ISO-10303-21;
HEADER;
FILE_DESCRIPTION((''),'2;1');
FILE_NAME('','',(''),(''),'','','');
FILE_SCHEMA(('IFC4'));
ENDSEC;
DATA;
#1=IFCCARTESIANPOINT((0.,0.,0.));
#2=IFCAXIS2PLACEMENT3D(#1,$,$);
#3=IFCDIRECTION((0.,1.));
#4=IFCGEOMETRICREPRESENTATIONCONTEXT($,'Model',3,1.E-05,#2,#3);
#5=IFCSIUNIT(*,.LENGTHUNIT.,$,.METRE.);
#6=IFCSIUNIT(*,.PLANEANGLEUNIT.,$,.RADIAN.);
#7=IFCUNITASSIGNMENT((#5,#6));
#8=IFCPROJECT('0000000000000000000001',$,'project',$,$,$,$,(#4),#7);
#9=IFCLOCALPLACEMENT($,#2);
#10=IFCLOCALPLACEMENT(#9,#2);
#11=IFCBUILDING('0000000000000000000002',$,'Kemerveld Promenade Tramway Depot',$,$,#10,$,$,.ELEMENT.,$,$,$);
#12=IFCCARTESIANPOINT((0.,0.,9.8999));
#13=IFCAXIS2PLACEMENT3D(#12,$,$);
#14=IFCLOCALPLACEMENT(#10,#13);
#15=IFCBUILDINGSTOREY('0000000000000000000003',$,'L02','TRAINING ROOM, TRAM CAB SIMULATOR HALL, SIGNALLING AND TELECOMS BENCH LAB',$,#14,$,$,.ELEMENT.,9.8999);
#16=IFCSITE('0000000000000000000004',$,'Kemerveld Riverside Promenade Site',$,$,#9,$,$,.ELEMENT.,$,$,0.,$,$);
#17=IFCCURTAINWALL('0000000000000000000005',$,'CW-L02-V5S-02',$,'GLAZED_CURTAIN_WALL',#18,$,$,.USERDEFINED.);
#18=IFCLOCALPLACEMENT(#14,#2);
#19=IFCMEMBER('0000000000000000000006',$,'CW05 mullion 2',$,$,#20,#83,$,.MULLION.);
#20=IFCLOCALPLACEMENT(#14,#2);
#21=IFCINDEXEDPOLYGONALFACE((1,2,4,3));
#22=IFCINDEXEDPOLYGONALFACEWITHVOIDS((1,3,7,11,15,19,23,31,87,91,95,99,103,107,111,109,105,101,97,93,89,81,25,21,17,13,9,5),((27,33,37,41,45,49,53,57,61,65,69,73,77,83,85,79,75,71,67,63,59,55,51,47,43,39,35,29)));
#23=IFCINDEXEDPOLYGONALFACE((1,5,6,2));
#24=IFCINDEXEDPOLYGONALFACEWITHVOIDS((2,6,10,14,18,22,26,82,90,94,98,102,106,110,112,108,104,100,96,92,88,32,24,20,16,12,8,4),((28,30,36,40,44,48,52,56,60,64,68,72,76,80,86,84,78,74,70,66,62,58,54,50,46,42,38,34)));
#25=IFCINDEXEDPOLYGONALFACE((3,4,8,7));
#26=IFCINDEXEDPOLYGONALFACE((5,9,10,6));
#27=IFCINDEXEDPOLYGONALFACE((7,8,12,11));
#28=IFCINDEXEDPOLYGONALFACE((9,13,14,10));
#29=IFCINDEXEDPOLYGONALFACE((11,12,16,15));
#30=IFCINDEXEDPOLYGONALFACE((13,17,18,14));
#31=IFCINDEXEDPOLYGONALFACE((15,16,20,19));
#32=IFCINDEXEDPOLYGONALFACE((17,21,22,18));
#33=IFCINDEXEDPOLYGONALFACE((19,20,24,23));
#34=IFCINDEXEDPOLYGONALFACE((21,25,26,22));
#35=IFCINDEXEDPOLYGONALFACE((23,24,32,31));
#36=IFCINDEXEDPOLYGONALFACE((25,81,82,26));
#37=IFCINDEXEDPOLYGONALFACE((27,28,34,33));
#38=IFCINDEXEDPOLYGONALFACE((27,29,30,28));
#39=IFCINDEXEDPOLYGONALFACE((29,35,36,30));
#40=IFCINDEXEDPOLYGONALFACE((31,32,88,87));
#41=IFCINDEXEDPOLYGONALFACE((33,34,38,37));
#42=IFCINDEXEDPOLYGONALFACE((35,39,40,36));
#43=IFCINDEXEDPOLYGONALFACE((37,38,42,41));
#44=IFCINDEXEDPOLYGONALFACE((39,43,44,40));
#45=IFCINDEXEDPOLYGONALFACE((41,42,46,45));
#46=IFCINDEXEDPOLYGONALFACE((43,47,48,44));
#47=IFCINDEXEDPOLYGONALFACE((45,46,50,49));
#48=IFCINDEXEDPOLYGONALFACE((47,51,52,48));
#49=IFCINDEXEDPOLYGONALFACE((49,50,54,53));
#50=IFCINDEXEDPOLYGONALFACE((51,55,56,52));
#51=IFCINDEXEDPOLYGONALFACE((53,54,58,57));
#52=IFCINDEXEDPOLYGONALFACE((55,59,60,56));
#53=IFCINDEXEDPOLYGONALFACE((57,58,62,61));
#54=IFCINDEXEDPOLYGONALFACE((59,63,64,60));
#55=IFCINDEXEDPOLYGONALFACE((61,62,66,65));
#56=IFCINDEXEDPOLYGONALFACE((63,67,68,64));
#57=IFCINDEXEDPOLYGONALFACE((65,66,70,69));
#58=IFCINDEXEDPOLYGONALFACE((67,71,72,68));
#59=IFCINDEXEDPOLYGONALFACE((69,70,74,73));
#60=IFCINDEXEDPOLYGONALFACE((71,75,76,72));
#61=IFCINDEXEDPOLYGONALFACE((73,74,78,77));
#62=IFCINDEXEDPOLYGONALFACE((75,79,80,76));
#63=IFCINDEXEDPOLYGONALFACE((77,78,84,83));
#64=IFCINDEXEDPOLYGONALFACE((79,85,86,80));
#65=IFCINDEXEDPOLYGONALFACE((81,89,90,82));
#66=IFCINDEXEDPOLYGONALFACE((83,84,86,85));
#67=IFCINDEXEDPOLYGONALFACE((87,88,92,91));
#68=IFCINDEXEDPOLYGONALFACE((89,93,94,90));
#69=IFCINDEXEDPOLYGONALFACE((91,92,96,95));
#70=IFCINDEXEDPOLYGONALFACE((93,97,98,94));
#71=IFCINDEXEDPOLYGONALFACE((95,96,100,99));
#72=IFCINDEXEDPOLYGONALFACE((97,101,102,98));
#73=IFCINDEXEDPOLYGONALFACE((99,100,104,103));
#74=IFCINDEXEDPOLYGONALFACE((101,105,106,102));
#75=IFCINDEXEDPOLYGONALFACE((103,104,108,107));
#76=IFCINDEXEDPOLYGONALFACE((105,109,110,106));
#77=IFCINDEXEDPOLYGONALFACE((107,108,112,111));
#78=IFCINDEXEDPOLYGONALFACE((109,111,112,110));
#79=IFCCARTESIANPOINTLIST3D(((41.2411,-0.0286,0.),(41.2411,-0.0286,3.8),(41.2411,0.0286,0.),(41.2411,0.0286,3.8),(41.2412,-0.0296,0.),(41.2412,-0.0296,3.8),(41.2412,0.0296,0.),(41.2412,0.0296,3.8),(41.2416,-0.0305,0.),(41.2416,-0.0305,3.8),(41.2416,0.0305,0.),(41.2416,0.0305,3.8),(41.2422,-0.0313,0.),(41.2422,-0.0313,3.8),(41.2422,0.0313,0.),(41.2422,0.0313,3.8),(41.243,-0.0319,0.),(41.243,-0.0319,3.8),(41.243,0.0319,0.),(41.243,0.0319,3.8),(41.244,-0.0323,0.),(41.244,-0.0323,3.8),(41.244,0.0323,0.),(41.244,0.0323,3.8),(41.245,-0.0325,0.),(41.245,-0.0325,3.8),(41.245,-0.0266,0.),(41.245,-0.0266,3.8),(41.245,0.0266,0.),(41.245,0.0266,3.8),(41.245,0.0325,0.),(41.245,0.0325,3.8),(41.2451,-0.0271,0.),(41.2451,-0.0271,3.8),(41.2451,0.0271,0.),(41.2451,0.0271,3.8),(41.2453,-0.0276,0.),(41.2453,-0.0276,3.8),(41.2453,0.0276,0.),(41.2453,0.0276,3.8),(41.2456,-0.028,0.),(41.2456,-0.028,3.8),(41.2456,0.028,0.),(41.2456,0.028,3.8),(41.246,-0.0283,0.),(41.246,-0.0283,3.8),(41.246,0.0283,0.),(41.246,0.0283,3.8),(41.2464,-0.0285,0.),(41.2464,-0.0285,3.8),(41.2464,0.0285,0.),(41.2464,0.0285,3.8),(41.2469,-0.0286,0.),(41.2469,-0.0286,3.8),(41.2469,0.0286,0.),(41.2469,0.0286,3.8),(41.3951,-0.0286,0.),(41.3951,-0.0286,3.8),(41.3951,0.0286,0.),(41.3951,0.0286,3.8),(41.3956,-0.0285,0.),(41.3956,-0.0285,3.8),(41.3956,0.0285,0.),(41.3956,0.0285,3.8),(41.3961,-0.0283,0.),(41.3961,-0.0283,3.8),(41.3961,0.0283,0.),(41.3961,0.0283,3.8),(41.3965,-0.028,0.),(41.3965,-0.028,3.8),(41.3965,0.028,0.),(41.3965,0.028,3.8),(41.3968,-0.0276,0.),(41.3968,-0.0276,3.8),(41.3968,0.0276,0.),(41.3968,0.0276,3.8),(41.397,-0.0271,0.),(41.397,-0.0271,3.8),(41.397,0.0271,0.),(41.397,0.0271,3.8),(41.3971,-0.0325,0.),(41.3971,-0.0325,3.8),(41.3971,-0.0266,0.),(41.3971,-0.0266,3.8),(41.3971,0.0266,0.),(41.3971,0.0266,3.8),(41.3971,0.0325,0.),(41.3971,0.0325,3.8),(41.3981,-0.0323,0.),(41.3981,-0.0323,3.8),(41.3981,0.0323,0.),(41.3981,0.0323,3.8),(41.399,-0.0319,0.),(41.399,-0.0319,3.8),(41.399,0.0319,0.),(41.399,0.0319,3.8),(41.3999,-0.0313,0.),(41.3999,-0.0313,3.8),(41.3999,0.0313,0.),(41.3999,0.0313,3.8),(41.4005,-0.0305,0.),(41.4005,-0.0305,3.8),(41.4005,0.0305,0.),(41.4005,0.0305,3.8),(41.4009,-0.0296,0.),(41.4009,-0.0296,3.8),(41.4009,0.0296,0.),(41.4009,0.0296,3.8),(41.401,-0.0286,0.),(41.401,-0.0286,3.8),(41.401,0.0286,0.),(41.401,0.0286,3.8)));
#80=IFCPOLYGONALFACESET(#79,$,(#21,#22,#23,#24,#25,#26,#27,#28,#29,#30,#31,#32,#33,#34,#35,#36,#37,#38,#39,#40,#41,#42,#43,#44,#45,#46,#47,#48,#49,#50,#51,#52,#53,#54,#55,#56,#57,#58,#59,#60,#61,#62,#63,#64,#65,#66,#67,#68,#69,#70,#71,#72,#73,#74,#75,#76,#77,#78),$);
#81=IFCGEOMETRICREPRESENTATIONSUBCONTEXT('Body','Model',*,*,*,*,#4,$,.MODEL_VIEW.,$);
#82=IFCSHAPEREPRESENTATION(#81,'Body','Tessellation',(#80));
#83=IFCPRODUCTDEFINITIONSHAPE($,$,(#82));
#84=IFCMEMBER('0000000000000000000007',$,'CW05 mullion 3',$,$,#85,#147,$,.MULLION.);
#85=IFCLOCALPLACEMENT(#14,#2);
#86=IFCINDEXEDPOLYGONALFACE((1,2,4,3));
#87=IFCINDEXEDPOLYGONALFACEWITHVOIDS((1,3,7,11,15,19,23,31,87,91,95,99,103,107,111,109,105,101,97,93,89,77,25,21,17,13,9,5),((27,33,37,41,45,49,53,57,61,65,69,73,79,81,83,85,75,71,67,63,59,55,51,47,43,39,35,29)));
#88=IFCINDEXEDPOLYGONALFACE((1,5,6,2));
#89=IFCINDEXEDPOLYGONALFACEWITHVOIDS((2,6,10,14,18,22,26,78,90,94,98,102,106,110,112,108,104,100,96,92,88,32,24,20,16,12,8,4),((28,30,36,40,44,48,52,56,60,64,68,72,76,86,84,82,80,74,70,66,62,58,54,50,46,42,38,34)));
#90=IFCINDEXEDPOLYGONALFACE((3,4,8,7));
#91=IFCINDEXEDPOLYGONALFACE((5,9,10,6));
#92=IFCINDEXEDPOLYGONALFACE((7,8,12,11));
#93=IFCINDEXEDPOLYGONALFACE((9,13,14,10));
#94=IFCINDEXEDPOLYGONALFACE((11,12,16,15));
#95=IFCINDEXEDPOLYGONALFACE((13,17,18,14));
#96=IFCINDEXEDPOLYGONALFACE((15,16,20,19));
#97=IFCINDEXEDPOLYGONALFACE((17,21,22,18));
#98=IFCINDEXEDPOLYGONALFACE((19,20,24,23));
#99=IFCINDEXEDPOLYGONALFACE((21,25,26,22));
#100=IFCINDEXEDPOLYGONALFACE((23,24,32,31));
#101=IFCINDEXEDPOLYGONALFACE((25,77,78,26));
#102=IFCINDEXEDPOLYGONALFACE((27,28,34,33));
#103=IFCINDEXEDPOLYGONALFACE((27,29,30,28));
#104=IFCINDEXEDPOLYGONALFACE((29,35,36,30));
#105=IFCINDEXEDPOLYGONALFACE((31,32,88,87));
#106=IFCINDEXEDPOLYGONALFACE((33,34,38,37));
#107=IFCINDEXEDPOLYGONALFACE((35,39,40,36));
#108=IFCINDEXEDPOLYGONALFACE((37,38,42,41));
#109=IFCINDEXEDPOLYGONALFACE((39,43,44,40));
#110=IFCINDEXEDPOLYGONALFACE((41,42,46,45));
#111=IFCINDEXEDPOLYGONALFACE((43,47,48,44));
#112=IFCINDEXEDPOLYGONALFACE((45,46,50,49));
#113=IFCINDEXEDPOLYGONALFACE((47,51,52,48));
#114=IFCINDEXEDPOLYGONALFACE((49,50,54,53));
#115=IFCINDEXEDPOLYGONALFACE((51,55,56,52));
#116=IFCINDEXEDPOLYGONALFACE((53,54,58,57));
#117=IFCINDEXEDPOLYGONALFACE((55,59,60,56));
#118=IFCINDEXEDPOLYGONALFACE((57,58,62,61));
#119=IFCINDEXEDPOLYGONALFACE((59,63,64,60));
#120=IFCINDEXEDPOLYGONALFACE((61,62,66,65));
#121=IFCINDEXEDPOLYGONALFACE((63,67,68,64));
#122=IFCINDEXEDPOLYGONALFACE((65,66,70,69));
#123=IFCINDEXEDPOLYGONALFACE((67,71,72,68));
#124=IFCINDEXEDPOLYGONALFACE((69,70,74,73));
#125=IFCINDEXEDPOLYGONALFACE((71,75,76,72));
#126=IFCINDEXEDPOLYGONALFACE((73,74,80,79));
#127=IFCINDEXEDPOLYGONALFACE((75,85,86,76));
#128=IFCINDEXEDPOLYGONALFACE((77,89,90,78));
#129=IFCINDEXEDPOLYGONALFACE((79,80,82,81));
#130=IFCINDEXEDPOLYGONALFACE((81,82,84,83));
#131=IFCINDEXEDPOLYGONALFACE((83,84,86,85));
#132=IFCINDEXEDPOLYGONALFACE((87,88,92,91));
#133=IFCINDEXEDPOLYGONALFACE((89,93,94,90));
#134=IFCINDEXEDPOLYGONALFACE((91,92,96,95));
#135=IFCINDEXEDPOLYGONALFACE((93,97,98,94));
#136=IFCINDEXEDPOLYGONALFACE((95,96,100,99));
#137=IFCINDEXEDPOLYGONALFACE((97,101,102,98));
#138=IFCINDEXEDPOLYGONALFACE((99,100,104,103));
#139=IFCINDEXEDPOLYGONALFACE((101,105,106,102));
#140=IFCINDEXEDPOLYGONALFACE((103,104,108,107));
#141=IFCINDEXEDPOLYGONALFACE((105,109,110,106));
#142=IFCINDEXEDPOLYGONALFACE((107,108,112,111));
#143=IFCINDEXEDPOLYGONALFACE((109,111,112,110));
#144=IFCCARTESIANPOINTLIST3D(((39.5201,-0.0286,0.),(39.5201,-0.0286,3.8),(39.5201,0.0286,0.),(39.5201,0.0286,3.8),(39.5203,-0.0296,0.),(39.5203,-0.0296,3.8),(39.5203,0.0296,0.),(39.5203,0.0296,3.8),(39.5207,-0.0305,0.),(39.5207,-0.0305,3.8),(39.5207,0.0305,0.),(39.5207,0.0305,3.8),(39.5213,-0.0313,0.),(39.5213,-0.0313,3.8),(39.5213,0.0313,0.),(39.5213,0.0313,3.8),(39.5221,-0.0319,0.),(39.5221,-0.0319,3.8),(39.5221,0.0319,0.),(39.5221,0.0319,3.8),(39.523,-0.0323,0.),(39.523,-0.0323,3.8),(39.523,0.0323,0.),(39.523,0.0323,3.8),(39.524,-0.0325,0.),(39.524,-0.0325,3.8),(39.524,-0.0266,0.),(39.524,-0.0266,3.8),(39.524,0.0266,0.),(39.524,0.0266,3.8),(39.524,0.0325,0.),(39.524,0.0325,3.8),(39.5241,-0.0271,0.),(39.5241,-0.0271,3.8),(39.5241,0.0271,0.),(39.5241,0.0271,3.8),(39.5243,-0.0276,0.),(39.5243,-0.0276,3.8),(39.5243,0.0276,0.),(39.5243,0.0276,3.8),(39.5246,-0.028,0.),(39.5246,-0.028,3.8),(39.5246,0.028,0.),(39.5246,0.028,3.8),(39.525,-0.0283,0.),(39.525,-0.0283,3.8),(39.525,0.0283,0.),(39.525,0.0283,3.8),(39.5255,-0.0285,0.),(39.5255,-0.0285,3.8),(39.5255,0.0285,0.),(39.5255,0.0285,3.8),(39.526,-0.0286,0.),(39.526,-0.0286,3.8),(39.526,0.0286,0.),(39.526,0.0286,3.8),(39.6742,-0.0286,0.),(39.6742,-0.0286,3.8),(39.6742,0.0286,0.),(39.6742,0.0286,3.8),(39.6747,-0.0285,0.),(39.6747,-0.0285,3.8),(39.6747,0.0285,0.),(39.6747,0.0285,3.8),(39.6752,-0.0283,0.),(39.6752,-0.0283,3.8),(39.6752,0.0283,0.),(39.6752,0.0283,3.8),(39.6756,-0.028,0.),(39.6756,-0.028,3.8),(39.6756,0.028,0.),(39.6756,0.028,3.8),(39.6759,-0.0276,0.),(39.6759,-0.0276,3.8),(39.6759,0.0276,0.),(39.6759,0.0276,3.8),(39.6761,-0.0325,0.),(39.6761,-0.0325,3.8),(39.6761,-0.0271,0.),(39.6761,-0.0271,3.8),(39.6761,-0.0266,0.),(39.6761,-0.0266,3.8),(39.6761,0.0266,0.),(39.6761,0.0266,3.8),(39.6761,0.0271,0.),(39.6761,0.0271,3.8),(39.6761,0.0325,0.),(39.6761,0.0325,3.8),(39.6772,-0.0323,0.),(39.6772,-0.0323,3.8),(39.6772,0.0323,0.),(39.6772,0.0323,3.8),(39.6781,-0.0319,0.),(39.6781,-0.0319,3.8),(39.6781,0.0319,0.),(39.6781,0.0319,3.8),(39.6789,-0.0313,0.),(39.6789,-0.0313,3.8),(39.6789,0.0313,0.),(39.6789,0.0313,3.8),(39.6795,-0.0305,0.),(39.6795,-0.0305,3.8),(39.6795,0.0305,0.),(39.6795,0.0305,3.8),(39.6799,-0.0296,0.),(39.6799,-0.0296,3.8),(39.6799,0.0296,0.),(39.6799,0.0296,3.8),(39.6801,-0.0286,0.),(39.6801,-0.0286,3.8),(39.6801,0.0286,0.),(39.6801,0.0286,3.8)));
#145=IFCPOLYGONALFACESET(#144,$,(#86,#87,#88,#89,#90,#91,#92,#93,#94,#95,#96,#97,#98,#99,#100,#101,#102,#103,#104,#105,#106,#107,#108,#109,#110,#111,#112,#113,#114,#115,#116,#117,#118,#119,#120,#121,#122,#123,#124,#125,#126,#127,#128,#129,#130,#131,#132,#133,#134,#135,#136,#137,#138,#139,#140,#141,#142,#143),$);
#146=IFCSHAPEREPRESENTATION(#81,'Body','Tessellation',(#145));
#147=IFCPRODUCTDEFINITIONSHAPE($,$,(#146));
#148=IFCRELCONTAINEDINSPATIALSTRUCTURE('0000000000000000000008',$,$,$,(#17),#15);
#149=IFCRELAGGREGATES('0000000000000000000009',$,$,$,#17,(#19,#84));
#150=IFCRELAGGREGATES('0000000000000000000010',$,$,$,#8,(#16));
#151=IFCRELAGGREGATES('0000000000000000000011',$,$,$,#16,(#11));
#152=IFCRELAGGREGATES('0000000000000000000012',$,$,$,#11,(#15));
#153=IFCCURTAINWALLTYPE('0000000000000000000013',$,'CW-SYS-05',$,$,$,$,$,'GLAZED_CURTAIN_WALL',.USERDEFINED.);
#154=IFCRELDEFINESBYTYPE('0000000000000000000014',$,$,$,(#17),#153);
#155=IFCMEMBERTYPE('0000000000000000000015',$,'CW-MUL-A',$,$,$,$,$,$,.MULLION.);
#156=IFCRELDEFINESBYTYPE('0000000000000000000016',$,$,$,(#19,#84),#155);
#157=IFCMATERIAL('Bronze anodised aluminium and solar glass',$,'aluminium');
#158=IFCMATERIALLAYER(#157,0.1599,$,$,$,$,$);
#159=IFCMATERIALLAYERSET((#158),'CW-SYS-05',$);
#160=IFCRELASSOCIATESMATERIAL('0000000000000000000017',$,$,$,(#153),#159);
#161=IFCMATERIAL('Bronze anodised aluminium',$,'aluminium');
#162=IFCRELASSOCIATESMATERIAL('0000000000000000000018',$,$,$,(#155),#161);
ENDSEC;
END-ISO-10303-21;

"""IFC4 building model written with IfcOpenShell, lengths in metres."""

from ifc_helpers import new_model, si_unit, direction, frame, origin, origin_2d, place, context, subcontext, project, spatial, hollow_rectangle, extrude, material, layer, layer_set, material_profile, profile_set, type_object, element, aggregate, save


model = new_model("IFC4")

# Units and contexts
model_context = context("Model", 3, precision=1e-05, world=origin(), true_north=direction((0.0, 1.0)))
body_context = subcontext(model_context, "Body", "Model", "MODEL_VIEW")
ifc_project = project(units=[si_unit("LENGTHUNIT", "METRE"), si_unit("PLANEANGLEUNIT", "RADIAN")], contexts=[model_context])

# Site, building, storey
site_placement = place(None, origin())
site = spatial("IfcSite", under=ifc_project, at=site_placement, Name="Kemerveld Riverside Promenade Site", CompositionType="ELEMENT", RefElevation=0.0)
building_placement = place(site_placement, origin())
building = spatial("IfcBuilding", under=site, at=building_placement, Name="Kemerveld Promenade Tramway Depot", CompositionType="ELEMENT")
storey_placement = place(building_placement, frame((0.0, 0.0, 9.8999)))
storey = spatial("IfcBuildingStorey", under=building, at=storey_placement, Name="L02", Description="TRAINING ROOM, TRAM CAB SIMULATOR HALL, SIGNALLING AND TELECOMS BENCH LAB", CompositionType="ELEMENT", Elevation=9.8999)

# Curtain wall, members
ifc_material_1 = material(Name="Bronze anodised aluminium and solar glass", Category="aluminium")
ifc_layer_1 = layer(ifc_material_1, 0.1599)
ifc_layer_set_1 = layer_set([ifc_layer_1], Name="CW-SYS-05")
curtain_wall_type = type_object("IfcCurtainWallType", Name="CW-SYS-05", ElementType="GLAZED_CURTAIN_WALL", PredefinedType="USERDEFINED", material=ifc_layer_set_1)
curtain_wall_placement = place(storey_placement, origin())
curtain_wall = element("IfcCurtainWall", 1, at=curtain_wall_placement, inside=storey, type_object=curtain_wall_type, Name="CW-L02-V5S-02", ObjectType="GLAZED_CURTAIN_WALL", PredefinedType="USERDEFINED")
ifc_material_2 = material(Name="Bronze anodised aluminium", Category="aluminium")
ifc_material_profile_1 = material_profile(ifc_material_2, hollow_rectangle(XDim=0.0649, YDim=0.1599, WallThickness=0.0039, InnerFilletRadius=0.002, OuterFilletRadius=0.0039, at=origin_2d()), Name="CW-MUL-160x65")
ifc_profile_set_1 = profile_set([ifc_material_profile_1], Name="Bronze anodised aluminium")
member_type_1 = type_object("IfcMemberType", Name="CW-MUL-A", PredefinedType="MULLION", material=ifc_profile_set_1)
member_1_placement = place(storey_placement, frame((41.321, 0.0, 0.0), z_axis=(0.0, 0.0, 1.0), x_axis=(0.0, -1.0, 0.0)))
member_1 = element("IfcMember", 2, at=member_1_placement, type_object=member_type_1, Name="CW05 mullion 2", PredefinedType="MULLION", context=body_context, shape_type="SweptSolid", body=[
    extrude(hollow_rectangle(XDim=0.0649, YDim=0.1599, WallThickness=0.0039, InnerFilletRadius=0.002, OuterFilletRadius=0.0039, at=origin_2d()), origin(), (0.0, 0.0, 1.0), 3.8),
])
member_2_placement = place(storey_placement, frame((39.6001, 0.0, 0.0), z_axis=(0.0, 0.0, 1.0), x_axis=(0.0, -1.0, 0.0)))
member_2 = element("IfcMember", 3, at=member_2_placement, type_object=member_type_1, Name="CW05 mullion 3", PredefinedType="MULLION", context=body_context, shape_type="SweptSolid", body=[
    extrude(hollow_rectangle(XDim=0.0649, YDim=0.1599, WallThickness=0.0039, InnerFilletRadius=0.002, OuterFilletRadius=0.0039, at=origin_2d()), origin(), (0.0, 0.0, 1.0), 3.8),
])
aggregate(curtain_wall, [member_1, member_2])

save(model, "model.ifc")
